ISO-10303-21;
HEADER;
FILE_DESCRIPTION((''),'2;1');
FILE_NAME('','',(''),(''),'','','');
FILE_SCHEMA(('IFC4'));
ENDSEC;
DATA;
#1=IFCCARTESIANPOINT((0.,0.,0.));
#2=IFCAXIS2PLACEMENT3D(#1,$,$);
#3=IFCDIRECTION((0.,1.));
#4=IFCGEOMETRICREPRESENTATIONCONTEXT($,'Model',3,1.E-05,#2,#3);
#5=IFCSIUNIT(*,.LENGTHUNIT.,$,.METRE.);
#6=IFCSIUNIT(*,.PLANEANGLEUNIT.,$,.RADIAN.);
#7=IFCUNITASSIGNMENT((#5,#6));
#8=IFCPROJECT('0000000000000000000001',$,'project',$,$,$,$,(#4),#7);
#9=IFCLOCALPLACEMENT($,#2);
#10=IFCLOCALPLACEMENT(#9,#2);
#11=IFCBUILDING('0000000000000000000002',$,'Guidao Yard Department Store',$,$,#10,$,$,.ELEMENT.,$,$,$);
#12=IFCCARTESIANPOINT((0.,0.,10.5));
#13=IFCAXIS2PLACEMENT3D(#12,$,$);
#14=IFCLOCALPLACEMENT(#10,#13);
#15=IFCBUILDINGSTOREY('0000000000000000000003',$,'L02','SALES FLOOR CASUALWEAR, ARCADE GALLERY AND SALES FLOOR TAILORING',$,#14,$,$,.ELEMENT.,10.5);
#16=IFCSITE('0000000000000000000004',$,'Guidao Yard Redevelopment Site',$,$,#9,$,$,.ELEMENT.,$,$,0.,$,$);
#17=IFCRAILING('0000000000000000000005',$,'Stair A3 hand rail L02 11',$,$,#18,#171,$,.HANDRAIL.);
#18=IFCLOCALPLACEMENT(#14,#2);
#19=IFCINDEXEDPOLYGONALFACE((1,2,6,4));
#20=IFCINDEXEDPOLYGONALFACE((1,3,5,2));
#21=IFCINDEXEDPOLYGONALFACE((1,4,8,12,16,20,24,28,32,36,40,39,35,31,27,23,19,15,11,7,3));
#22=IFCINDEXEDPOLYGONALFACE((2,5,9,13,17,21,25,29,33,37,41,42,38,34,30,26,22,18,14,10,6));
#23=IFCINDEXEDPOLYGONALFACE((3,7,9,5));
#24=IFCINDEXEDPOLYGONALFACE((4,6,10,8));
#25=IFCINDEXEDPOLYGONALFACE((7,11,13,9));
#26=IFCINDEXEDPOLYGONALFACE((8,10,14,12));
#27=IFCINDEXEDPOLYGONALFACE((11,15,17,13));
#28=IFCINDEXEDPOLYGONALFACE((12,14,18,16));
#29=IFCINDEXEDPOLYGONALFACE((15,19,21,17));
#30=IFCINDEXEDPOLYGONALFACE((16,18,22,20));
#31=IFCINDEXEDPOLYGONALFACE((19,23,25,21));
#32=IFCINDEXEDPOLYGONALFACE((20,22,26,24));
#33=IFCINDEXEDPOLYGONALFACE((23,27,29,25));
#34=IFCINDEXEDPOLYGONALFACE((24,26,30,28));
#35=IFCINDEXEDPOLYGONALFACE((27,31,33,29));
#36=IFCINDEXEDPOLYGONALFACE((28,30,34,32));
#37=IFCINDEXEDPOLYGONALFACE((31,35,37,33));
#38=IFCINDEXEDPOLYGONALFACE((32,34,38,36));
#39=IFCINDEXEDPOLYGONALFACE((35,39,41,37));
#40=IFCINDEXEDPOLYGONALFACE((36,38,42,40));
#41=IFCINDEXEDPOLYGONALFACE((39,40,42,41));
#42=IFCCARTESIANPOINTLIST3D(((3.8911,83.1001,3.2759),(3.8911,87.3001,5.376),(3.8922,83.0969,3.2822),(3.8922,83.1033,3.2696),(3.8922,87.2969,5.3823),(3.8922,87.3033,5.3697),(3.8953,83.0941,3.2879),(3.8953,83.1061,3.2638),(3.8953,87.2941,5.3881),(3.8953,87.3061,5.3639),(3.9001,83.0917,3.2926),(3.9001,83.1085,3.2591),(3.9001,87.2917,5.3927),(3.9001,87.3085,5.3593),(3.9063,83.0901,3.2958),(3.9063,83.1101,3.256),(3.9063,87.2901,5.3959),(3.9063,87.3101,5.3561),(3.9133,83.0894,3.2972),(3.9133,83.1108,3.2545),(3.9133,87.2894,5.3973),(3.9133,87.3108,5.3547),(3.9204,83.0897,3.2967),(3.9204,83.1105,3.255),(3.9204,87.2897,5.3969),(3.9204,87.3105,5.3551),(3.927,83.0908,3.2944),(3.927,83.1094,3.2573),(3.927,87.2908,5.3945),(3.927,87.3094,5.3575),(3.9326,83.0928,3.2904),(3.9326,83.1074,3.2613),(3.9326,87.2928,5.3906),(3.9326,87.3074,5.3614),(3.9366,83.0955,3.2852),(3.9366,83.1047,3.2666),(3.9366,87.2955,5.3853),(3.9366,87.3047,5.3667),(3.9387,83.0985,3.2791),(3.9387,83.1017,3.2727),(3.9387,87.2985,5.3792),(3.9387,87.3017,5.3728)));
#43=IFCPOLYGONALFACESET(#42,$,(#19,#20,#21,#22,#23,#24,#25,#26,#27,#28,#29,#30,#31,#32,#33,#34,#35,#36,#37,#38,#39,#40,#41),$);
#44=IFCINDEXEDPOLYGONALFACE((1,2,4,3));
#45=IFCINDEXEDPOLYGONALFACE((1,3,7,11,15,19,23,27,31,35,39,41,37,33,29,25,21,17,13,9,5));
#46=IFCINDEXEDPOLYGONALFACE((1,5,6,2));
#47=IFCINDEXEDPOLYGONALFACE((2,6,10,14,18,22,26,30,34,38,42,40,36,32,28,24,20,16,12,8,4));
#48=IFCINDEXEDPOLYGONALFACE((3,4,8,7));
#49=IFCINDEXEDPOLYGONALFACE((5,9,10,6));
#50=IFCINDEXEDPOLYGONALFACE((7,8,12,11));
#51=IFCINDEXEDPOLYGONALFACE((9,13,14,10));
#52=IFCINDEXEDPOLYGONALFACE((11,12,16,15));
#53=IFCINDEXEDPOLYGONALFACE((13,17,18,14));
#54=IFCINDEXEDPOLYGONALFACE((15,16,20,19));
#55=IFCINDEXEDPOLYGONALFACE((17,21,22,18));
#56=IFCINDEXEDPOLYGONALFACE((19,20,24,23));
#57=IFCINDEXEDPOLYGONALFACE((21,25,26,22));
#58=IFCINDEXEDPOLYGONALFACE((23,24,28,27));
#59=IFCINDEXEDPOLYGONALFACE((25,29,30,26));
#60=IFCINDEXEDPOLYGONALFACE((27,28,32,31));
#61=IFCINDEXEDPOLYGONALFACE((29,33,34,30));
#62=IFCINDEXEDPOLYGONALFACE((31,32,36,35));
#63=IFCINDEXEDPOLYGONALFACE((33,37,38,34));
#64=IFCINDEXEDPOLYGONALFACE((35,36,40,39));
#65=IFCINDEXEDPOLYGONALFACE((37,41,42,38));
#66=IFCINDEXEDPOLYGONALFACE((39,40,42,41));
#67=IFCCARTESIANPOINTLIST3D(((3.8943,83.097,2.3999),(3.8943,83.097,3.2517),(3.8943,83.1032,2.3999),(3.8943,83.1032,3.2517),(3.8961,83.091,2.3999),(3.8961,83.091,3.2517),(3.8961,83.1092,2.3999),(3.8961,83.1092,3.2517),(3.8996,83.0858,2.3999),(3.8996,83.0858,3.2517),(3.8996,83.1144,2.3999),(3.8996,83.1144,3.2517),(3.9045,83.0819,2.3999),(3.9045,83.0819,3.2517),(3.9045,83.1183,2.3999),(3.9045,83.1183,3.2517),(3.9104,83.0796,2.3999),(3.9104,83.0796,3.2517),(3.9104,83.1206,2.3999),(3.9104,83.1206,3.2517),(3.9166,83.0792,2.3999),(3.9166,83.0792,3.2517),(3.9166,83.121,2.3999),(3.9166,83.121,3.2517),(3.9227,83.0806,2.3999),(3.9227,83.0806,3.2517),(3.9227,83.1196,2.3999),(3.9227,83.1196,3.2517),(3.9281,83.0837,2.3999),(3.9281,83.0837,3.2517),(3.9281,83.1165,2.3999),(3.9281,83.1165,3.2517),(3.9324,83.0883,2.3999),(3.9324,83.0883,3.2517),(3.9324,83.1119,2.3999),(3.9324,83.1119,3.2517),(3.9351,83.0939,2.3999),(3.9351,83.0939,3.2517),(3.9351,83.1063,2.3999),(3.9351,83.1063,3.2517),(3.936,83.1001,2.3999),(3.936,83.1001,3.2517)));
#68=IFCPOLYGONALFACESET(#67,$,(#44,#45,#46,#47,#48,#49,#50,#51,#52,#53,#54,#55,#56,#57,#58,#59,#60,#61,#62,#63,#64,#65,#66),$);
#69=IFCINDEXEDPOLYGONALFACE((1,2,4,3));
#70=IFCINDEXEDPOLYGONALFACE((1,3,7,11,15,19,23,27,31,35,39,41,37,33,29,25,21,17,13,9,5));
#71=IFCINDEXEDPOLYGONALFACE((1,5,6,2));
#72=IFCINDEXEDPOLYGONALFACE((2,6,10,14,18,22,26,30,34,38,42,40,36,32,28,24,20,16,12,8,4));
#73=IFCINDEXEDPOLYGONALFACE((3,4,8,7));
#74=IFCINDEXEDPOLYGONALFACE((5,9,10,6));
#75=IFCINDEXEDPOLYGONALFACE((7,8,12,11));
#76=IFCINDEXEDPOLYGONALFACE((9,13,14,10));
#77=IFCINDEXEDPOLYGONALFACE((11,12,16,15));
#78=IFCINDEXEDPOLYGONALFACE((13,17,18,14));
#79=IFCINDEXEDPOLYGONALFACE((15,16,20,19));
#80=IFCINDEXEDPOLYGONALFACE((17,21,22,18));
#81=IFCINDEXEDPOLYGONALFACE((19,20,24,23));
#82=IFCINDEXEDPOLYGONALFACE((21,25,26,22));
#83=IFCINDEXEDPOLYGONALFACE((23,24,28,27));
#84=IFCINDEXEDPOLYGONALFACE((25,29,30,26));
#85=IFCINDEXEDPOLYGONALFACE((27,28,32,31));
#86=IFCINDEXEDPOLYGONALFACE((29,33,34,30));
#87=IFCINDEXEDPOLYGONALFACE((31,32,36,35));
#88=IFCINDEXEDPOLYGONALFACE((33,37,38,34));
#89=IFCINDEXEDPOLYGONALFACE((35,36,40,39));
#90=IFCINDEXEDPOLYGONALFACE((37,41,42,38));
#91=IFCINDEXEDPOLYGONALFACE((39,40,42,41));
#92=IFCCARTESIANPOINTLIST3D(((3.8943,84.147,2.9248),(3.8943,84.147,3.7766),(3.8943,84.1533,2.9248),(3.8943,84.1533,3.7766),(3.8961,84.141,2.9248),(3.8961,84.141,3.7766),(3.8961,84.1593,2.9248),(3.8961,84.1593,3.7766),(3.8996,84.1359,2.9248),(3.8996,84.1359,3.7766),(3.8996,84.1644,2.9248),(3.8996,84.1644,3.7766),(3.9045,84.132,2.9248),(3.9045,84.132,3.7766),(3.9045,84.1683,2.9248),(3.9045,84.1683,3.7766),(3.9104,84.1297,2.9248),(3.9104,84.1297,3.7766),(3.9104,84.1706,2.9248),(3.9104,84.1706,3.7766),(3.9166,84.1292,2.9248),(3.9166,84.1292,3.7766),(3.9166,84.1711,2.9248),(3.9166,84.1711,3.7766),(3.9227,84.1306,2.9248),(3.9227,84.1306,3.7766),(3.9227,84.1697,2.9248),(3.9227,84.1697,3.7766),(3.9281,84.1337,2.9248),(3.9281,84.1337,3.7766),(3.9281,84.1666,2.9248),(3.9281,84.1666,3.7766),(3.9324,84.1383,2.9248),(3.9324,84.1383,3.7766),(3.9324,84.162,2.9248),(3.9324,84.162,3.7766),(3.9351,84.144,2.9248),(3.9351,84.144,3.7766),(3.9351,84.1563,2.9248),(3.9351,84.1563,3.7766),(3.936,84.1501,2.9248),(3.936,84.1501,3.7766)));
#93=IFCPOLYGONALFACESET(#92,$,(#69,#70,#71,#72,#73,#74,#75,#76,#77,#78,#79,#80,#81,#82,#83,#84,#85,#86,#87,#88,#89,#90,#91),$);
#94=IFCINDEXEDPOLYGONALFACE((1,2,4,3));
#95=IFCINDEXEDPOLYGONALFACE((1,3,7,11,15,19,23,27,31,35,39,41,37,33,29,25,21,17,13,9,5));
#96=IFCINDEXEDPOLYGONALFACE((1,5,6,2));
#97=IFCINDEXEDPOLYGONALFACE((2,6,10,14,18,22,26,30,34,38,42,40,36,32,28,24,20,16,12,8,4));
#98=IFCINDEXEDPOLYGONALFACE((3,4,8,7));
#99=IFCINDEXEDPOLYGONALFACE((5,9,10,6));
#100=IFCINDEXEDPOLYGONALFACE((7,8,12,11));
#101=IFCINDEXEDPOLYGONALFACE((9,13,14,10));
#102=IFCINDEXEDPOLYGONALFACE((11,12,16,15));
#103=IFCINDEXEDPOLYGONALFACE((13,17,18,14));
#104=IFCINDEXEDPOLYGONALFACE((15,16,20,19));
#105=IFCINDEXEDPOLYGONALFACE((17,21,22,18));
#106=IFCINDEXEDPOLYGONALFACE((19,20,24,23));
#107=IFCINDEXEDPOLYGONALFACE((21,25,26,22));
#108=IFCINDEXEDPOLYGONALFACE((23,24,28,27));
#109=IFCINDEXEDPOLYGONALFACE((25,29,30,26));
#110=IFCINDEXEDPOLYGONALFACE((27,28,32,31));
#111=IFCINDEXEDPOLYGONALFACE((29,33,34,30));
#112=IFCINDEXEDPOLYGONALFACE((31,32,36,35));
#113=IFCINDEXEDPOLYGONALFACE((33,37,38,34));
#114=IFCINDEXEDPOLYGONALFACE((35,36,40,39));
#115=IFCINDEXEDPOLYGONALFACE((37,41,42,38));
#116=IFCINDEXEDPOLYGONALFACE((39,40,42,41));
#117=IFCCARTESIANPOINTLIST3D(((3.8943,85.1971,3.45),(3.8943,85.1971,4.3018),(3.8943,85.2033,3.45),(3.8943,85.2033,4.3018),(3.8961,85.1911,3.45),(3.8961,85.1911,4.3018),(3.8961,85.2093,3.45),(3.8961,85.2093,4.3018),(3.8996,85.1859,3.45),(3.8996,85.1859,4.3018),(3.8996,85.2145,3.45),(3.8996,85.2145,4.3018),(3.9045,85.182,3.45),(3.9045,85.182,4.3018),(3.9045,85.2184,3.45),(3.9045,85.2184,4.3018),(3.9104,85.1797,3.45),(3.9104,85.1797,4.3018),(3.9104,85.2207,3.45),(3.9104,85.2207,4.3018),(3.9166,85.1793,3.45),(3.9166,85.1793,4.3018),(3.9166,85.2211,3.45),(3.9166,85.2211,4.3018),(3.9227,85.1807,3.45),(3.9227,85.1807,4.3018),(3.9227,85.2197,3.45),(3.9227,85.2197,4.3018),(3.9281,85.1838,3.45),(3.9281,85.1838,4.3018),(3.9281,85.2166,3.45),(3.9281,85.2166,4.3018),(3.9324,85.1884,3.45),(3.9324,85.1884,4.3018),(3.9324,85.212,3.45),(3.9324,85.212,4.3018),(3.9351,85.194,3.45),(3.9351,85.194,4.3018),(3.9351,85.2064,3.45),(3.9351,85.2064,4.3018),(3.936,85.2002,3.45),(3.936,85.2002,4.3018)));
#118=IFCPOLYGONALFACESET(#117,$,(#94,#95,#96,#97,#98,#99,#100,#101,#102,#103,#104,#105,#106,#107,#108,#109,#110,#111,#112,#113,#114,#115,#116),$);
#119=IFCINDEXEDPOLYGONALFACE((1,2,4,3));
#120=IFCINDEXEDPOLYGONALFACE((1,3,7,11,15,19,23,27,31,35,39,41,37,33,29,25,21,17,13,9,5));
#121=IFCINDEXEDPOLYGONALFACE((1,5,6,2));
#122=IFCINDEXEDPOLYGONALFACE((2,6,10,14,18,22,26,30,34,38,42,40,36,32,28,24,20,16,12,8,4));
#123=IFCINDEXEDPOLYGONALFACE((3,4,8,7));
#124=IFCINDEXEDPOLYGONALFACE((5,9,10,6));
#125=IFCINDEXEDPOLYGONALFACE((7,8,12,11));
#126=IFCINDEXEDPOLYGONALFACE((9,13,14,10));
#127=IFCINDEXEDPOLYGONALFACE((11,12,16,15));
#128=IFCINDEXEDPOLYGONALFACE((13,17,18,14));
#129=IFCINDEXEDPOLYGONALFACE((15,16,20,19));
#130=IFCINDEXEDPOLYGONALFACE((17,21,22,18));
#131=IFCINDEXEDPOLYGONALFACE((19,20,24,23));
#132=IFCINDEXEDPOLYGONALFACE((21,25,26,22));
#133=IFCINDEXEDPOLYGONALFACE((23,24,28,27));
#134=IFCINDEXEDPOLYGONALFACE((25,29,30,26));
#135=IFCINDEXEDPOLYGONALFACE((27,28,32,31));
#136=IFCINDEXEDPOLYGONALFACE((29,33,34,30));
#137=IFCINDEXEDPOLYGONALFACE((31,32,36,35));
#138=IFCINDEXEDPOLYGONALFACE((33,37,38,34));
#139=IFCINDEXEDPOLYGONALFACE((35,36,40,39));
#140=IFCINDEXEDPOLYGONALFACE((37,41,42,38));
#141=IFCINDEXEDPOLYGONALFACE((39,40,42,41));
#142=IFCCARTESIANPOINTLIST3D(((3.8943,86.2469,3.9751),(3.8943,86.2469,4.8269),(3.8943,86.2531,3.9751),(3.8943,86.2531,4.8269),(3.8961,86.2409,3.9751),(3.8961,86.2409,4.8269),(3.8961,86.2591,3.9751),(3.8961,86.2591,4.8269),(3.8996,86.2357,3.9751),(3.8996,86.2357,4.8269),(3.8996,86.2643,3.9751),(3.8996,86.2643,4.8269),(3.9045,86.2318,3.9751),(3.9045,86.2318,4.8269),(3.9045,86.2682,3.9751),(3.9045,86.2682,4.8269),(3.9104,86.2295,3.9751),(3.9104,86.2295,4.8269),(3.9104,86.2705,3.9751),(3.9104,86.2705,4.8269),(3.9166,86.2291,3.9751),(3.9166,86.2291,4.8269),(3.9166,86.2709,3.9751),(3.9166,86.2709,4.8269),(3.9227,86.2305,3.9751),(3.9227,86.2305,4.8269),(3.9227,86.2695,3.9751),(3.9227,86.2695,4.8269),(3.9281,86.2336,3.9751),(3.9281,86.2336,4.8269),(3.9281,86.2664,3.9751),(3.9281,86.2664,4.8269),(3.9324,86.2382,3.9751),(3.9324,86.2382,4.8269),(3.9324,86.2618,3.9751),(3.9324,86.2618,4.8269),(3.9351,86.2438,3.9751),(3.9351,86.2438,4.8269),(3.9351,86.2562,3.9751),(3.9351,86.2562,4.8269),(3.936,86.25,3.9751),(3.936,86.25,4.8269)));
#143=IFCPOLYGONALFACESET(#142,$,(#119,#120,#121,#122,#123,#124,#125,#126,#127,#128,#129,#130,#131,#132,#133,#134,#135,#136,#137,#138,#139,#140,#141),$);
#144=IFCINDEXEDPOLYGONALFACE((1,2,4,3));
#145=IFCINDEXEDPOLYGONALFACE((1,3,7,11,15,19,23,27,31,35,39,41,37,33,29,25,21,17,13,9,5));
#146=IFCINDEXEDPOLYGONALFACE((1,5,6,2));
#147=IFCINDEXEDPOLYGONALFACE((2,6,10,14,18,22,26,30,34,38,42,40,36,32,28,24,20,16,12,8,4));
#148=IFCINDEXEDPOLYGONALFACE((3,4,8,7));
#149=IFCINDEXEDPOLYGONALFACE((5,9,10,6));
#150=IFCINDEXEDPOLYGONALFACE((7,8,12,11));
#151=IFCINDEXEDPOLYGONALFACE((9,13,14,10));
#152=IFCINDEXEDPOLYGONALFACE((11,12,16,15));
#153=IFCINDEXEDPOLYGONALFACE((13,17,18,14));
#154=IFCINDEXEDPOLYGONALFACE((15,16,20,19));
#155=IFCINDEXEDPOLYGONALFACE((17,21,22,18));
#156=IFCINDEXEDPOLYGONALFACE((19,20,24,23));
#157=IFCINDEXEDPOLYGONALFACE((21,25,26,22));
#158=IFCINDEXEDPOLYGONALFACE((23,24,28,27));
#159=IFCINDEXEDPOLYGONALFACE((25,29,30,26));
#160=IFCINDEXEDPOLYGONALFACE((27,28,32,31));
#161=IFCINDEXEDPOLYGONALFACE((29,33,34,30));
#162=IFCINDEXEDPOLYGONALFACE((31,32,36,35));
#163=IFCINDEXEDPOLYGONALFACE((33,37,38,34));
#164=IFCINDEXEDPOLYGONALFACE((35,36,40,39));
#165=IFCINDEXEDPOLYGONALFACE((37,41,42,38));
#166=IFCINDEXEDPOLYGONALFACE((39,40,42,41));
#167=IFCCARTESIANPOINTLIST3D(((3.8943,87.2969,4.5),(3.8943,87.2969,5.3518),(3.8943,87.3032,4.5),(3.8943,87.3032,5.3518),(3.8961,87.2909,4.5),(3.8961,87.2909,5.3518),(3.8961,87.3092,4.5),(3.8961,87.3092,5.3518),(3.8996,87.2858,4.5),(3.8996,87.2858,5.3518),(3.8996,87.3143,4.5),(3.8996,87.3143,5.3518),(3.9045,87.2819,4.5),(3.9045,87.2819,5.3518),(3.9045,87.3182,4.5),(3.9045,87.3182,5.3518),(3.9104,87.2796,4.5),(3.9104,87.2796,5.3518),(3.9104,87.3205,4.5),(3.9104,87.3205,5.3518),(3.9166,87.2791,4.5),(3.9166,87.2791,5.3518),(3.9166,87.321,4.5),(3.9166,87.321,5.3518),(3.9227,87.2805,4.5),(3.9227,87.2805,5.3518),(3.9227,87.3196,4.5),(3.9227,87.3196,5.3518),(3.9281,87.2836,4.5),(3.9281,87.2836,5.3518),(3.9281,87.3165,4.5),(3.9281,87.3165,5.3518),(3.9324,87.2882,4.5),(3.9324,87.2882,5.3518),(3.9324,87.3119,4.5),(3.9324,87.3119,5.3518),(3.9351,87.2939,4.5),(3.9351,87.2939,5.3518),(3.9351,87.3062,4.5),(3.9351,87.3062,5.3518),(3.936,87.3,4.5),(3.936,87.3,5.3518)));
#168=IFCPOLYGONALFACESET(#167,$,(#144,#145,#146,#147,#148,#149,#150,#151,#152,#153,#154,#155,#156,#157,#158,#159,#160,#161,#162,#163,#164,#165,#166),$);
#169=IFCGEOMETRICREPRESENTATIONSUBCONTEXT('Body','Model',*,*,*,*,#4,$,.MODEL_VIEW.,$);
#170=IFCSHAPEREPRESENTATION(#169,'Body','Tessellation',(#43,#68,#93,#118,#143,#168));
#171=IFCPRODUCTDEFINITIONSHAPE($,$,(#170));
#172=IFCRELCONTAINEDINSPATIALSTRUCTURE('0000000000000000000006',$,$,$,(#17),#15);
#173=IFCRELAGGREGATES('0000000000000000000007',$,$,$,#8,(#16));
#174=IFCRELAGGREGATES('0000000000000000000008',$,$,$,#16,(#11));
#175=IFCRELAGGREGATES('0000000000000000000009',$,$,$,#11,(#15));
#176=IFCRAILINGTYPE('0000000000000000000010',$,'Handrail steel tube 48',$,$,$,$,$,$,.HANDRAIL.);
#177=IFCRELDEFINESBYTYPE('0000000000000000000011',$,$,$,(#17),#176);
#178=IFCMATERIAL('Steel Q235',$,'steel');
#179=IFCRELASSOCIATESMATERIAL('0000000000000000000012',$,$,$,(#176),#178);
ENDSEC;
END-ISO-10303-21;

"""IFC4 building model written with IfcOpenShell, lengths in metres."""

from ifc_helpers import new_model, si_unit, direction, frame, origin, origin_2d, place, context, subcontext, project, spatial, circle, extrude, material, type_object, element, save


model = new_model("IFC4")

# Units and contexts
model_context = context("Model", 3, precision=1e-05, world=origin(), true_north=direction((0.0, 1.0)))
body_context = subcontext(model_context, "Body", "Model", "MODEL_VIEW")
ifc_project = project(units=[si_unit("LENGTHUNIT", "METRE"), si_unit("PLANEANGLEUNIT", "RADIAN")], contexts=[model_context])

# Site, building, storey
site_placement = place(None, origin())
site = spatial("IfcSite", under=ifc_project, at=site_placement, Name="Guidao Yard Redevelopment Site", CompositionType="ELEMENT", RefElevation=0.0)
building_placement = place(site_placement, origin())
building = spatial("IfcBuilding", under=site, at=building_placement, Name="Guidao Yard Department Store", CompositionType="ELEMENT")
storey_placement = place(building_placement, frame((0.0, 0.0, 10.5)))
storey = spatial("IfcBuildingStorey", under=building, at=storey_placement, Name="L02", Description="SALES FLOOR CASUALWEAR, ARCADE GALLERY AND SALES FLOOR TAILORING", CompositionType="ELEMENT", Elevation=10.5)

# Railing
ifc_material_1 = material(Name="Steel Q235", Category="steel")
railing_type_1 = type_object("IfcRailingType", Name="Handrail steel tube 48", PredefinedType="HANDRAIL", material=ifc_material_1)
for number, where, name in (
    (1, (3.915, 83.1001, 2.3999), "Stair A3 hand rail L02 11"),
):
    element("IfcRailing", number, at=place(storey_placement, frame(where)), inside=storey, type_object=railing_type_1, Name=name, PredefinedType="HANDRAIL", context=body_context, shape_type="SweptSolid", body=[
        extrude(circle(Radius=0.0239, at=origin_2d()), frame((0.0, 0.0, 0.876), z_axis=(0.0, 0.894417, 0.447234), x_axis=(-1.0, 0.0, 0.0)), (0.0, 0.0, 1.0), 4.6958),
        extrude(circle(Radius=0.021, at=origin_2d()), origin(), (0.0, 0.0, 1.0), 0.8518),
        extrude(circle(Radius=0.021, at=origin_2d()), frame((0.0, 1.05, 0.5249)), (0.0, 0.0, 1.0), 0.8518),
        extrude(circle(Radius=0.021, at=origin_2d()), frame((0.0, 2.1001, 1.05)), (0.0, 0.0, 1.0), 0.8518),
        extrude(circle(Radius=0.021, at=origin_2d()), frame((0.0, 3.1499, 1.5752)), (0.0, 0.0, 1.0), 0.8518),
        extrude(circle(Radius=0.021, at=origin_2d()), frame((0.0, 4.2, 2.1001)), (0.0, 0.0, 1.0), 0.8518),
    ])

save(model, "model.ifc")
